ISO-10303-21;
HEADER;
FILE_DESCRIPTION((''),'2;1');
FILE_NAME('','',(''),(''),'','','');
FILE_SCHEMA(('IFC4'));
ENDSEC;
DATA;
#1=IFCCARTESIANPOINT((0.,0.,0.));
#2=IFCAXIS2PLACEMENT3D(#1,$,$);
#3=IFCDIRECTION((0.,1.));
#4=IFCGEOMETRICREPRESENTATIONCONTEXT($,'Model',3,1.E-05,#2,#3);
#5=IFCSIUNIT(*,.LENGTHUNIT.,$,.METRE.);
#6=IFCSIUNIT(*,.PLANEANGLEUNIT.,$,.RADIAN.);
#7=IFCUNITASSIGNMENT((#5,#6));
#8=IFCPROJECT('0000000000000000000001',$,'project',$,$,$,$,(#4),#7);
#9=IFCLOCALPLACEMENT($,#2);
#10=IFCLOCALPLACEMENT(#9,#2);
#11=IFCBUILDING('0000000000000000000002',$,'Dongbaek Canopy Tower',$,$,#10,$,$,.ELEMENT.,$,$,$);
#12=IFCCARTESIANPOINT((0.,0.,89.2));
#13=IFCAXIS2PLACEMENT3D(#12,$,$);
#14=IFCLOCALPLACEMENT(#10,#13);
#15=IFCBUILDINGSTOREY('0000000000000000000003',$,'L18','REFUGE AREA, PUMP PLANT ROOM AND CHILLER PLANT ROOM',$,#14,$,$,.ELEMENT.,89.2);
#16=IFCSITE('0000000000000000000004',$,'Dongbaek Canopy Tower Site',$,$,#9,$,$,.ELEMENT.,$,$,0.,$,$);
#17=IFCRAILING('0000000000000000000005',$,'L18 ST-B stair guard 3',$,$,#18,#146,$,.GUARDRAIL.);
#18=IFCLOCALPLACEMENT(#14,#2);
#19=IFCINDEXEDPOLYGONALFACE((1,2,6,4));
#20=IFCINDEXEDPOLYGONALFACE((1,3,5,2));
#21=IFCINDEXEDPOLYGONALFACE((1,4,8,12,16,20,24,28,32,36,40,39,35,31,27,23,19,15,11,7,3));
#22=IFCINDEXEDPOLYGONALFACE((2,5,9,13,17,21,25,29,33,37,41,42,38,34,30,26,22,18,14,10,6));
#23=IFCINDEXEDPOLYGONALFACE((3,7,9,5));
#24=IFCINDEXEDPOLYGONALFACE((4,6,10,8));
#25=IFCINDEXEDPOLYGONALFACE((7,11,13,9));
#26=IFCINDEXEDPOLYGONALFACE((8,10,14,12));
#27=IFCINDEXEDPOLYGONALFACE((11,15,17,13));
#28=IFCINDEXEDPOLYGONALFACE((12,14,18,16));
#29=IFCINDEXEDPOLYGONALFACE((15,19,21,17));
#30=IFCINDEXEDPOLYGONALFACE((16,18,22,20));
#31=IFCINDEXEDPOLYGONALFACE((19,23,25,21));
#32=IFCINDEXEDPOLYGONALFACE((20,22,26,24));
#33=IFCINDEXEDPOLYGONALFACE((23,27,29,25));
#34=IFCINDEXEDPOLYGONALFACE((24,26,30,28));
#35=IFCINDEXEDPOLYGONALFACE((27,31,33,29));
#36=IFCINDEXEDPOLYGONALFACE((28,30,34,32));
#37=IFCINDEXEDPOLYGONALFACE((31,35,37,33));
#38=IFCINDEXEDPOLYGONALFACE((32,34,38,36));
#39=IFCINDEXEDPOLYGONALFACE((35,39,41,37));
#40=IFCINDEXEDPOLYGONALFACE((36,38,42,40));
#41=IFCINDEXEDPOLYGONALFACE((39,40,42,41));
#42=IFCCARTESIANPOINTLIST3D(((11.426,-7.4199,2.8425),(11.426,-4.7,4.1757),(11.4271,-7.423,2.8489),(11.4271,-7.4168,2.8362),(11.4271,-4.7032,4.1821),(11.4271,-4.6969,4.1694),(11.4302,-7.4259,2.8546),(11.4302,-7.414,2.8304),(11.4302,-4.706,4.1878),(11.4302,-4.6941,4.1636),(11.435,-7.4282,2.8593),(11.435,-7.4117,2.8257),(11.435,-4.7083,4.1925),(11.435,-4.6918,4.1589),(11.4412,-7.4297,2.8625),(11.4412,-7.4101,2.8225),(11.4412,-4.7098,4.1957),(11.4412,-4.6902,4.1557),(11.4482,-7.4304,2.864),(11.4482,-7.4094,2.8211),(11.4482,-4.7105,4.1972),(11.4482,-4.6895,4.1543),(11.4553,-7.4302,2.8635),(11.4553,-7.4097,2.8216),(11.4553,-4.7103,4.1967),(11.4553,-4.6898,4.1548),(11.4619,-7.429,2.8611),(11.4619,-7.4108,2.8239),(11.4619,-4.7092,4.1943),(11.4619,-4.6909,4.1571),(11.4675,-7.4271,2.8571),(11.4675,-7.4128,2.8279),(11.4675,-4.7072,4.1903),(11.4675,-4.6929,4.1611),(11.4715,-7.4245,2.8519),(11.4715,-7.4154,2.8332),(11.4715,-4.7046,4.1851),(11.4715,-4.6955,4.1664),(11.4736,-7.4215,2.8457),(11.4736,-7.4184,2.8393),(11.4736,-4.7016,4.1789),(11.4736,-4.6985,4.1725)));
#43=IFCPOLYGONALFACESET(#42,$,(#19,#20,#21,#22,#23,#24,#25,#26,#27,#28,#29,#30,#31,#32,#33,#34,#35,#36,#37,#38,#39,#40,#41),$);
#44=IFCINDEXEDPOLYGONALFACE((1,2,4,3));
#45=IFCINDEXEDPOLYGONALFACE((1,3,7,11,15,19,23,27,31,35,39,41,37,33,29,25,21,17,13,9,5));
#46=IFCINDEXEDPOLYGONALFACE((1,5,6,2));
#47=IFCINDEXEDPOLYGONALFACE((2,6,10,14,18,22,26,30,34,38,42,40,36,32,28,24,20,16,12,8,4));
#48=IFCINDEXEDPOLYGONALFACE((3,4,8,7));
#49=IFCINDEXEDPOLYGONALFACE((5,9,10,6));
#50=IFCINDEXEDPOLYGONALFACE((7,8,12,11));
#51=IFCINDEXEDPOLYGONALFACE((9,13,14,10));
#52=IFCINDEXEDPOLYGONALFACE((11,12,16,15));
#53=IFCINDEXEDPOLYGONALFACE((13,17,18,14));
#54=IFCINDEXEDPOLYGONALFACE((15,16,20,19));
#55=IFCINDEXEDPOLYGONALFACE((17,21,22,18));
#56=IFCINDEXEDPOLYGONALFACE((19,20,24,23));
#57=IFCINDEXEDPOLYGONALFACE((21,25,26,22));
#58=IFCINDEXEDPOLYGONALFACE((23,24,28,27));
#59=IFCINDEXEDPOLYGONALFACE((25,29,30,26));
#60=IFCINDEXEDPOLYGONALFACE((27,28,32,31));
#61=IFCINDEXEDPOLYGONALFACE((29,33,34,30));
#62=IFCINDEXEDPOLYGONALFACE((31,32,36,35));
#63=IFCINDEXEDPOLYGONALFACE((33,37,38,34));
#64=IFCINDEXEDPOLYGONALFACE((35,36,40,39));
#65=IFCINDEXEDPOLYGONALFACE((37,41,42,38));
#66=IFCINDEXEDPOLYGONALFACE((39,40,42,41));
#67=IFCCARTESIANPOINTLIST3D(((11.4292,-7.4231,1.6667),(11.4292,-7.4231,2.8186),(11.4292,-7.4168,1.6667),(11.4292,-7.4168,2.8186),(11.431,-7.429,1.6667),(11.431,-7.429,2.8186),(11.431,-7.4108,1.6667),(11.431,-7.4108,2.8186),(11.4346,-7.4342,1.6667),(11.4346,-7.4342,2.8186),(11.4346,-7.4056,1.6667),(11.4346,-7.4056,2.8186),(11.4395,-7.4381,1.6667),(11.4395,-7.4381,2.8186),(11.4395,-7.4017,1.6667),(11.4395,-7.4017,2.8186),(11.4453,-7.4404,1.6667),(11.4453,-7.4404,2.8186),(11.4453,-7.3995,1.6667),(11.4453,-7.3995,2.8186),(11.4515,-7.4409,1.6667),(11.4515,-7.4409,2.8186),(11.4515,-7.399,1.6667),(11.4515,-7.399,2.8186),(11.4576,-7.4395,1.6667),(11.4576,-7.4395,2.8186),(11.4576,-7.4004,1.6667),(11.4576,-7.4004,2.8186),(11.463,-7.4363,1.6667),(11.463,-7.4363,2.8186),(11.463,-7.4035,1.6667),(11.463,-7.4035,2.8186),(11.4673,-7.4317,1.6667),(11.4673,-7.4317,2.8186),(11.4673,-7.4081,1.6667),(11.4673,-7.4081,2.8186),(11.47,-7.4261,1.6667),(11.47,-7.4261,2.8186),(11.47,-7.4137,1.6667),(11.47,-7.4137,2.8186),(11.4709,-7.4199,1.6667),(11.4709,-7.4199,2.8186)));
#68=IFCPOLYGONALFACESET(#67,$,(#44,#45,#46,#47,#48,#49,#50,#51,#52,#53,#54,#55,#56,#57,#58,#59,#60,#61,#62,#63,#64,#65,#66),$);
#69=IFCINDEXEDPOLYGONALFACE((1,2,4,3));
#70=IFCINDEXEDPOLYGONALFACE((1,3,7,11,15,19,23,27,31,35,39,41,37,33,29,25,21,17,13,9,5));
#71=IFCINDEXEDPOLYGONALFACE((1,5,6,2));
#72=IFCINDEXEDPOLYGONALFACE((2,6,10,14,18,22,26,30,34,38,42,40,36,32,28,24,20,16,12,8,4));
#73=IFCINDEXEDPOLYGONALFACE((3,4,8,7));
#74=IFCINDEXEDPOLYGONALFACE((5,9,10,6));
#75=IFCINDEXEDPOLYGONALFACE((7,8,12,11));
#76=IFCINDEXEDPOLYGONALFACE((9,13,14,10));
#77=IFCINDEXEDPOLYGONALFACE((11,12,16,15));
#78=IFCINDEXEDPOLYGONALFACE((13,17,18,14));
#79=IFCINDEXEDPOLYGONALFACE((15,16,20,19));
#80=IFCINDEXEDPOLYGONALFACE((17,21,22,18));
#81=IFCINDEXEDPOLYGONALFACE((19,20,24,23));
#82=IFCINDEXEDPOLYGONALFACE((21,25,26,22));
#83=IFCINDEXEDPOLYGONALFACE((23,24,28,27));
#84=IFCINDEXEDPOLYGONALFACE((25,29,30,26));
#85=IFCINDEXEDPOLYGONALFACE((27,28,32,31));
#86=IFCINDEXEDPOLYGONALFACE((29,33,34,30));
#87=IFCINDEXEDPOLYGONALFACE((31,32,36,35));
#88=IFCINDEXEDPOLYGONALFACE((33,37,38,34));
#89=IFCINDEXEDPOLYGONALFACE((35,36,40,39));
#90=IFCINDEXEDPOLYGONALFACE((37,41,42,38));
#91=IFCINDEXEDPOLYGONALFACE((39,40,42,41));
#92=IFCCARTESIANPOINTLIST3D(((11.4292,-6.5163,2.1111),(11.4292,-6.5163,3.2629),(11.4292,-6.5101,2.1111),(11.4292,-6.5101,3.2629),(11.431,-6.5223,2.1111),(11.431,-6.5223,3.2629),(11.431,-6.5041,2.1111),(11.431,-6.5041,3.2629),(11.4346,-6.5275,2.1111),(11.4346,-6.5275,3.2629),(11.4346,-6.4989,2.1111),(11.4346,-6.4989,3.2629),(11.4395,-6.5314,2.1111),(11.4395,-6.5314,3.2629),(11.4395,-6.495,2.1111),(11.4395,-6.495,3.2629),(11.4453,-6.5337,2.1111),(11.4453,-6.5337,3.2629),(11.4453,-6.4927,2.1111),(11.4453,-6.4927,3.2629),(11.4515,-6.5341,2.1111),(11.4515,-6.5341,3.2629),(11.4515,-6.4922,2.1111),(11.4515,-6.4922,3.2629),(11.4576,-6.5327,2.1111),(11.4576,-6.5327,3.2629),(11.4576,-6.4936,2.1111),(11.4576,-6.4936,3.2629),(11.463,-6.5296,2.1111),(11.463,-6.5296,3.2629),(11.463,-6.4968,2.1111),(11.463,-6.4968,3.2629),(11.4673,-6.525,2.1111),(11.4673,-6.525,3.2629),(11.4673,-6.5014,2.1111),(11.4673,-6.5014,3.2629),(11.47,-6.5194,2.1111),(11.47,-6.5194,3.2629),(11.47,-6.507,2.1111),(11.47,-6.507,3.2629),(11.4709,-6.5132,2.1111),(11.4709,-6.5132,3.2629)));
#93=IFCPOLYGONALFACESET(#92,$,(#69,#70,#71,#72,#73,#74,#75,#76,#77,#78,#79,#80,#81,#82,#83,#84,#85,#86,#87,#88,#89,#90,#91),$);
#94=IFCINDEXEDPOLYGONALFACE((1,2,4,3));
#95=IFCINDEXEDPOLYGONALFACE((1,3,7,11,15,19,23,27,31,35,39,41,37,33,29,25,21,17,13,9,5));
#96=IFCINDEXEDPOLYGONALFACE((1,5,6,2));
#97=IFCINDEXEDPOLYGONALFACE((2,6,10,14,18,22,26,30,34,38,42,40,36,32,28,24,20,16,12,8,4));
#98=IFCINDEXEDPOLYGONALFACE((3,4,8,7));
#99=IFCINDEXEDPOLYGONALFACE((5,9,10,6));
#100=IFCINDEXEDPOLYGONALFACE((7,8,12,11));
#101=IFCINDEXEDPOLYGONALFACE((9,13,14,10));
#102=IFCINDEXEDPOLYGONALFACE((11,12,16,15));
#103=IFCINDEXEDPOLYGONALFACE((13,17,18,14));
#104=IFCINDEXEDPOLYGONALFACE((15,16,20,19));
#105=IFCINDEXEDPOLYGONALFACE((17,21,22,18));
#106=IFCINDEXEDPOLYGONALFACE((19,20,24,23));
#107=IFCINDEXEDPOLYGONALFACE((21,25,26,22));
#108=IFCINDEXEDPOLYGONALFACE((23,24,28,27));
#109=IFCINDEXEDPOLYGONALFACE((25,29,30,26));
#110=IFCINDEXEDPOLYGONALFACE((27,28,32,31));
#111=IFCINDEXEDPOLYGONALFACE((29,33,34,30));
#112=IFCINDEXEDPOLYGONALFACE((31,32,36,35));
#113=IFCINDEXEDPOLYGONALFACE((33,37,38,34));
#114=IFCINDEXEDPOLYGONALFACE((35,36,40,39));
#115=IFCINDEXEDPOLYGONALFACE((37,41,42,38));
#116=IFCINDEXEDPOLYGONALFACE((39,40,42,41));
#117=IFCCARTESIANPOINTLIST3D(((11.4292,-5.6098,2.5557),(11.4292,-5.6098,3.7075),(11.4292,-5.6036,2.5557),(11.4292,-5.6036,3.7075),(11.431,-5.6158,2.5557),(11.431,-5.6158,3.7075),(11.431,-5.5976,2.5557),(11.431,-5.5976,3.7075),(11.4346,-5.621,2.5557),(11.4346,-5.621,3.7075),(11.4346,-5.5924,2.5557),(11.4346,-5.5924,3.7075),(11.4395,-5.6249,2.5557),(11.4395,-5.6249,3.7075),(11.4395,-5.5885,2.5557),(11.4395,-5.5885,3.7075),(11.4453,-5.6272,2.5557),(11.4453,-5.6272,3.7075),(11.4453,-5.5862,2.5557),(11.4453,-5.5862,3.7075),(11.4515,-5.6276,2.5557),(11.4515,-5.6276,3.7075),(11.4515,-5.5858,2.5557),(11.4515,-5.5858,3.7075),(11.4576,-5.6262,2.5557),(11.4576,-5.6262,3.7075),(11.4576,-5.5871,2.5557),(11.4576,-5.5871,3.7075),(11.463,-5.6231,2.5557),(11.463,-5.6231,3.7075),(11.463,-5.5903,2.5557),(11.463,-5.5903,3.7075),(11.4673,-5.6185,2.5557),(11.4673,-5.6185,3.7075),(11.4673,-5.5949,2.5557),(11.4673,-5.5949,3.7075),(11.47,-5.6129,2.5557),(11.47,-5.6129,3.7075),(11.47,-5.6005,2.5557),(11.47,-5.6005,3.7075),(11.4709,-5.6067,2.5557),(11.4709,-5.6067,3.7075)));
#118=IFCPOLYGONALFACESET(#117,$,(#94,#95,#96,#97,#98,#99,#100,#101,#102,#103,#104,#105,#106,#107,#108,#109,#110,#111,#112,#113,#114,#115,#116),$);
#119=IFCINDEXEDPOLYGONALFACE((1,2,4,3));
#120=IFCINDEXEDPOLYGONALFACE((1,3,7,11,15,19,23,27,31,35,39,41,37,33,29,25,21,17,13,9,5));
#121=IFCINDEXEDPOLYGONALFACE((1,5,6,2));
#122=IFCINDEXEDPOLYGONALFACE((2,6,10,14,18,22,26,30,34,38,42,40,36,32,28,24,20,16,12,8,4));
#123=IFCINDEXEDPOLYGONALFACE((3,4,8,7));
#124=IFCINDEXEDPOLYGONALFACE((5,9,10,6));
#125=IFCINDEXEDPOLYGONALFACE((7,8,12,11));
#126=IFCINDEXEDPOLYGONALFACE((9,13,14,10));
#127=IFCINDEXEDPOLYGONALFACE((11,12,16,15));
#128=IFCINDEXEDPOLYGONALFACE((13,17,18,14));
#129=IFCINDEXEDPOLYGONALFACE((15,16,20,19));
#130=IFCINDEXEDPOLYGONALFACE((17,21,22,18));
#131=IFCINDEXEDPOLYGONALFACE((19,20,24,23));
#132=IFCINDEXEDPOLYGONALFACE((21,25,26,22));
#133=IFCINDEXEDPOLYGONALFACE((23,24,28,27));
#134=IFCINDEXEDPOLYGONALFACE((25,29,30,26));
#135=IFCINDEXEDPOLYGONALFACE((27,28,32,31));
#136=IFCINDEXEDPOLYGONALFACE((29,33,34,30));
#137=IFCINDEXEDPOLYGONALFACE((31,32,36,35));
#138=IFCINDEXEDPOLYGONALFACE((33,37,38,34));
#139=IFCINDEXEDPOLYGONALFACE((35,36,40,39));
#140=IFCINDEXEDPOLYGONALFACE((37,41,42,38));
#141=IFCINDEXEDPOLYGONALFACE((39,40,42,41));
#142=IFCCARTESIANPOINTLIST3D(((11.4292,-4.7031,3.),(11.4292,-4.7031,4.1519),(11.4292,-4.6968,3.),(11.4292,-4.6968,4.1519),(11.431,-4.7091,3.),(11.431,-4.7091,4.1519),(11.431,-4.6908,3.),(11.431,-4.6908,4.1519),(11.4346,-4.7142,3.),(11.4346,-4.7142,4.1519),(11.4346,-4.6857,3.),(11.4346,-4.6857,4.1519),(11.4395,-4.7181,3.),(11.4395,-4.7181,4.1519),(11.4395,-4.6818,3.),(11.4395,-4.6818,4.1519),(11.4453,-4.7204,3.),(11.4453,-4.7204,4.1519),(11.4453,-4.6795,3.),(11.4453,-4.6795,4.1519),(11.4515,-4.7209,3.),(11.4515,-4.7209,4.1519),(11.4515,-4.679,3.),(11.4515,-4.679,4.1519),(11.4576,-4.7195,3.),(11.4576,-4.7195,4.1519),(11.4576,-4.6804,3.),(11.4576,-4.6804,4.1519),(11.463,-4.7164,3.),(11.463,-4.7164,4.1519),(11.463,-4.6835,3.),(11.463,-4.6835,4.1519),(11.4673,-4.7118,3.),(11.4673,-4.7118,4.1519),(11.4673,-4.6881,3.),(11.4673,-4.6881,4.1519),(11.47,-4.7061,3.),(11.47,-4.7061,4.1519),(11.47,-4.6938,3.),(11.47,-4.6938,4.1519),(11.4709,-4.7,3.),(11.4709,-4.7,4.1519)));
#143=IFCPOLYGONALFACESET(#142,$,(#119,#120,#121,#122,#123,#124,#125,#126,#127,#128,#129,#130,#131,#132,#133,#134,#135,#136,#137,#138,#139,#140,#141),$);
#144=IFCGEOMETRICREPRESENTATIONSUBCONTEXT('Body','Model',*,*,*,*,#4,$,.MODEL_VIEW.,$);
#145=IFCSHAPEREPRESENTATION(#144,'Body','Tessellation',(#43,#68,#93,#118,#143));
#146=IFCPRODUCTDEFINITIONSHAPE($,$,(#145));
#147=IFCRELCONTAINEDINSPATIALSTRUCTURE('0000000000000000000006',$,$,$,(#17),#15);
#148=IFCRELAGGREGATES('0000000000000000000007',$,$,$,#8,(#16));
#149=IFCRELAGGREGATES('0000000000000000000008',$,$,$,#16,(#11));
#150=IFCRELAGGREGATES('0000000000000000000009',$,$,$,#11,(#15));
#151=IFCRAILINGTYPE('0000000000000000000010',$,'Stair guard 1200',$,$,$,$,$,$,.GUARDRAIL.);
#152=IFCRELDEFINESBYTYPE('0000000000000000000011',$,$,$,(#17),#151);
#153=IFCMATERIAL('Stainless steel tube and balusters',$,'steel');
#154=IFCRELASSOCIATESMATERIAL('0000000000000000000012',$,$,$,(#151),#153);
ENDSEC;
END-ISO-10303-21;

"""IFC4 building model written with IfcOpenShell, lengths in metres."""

from ifc_helpers import new_model, si_unit, direction, frame, origin, origin_2d, place, context, subcontext, project, spatial, circle, extrude, material, type_object, element, save


model = new_model("IFC4")

# Units and contexts
model_context = context("Model", 3, precision=1e-05, world=origin(), true_north=direction((0.0, 1.0)))
body_context = subcontext(model_context, "Body", "Model", "MODEL_VIEW")
ifc_project = project(units=[si_unit("LENGTHUNIT", "METRE"), si_unit("PLANEANGLEUNIT", "RADIAN")], contexts=[model_context])

# Site, building, storey
site_placement = place(None, origin())
site = spatial("IfcSite", under=ifc_project, at=site_placement, Name="Dongbaek Canopy Tower Site", CompositionType="ELEMENT", RefElevation=0.0)
building_placement = place(site_placement, origin())
building = spatial("IfcBuilding", under=site, at=building_placement, Name="Dongbaek Canopy Tower", CompositionType="ELEMENT")
storey_placement = place(building_placement, frame((0.0, 0.0, 89.2)))
storey = spatial("IfcBuildingStorey", under=building, at=storey_placement, Name="L18", Description="REFUGE AREA, PUMP PLANT ROOM AND CHILLER PLANT ROOM", CompositionType="ELEMENT", Elevation=89.2)

# Railing
ifc_material_1 = material(Name="Stainless steel tube and balusters", Category="steel")
railing_type_1 = type_object("IfcRailingType", Name="Stair guard 1200", PredefinedType="GUARDRAIL", material=ifc_material_1)
railing_1_placement = place(storey_placement, frame((11.45, -7.4199, 1.6667)))
element("IfcRailing", 1, at=railing_1_placement, inside=storey, type_object=railing_type_1, Name="L18 ST-B stair guard 3", PredefinedType="GUARDRAIL", context=body_context, shape_type="SweptSolid", body=[
    extrude(circle(Radius=0.0239, at=origin_2d()), frame((0.0, 0.0, 1.1758), z_axis=(0.0, 0.897929, 0.440139), x_axis=(-1.0, 0.0, 0.0)), (0.0, 0.0, 1.0), 3.0291),
    extrude(circle(Radius=0.021, at=origin_2d()), origin(), (0.0, 0.0, 1.0), 1.1519),
    extrude(circle(Radius=0.021, at=origin_2d()), frame((0.0, 0.9067, 0.4443)), (0.0, 0.0, 1.0), 1.1519),
    extrude(circle(Radius=0.021, at=origin_2d()), frame((0.0, 1.8132, 0.8889)), (0.0, 0.0, 1.0), 1.1519),
    extrude(circle(Radius=0.021, at=origin_2d()), frame((0.0, 2.72, 1.3333)), (0.0, 0.0, 1.0), 1.1519),
])

save(model, "model.ifc")
